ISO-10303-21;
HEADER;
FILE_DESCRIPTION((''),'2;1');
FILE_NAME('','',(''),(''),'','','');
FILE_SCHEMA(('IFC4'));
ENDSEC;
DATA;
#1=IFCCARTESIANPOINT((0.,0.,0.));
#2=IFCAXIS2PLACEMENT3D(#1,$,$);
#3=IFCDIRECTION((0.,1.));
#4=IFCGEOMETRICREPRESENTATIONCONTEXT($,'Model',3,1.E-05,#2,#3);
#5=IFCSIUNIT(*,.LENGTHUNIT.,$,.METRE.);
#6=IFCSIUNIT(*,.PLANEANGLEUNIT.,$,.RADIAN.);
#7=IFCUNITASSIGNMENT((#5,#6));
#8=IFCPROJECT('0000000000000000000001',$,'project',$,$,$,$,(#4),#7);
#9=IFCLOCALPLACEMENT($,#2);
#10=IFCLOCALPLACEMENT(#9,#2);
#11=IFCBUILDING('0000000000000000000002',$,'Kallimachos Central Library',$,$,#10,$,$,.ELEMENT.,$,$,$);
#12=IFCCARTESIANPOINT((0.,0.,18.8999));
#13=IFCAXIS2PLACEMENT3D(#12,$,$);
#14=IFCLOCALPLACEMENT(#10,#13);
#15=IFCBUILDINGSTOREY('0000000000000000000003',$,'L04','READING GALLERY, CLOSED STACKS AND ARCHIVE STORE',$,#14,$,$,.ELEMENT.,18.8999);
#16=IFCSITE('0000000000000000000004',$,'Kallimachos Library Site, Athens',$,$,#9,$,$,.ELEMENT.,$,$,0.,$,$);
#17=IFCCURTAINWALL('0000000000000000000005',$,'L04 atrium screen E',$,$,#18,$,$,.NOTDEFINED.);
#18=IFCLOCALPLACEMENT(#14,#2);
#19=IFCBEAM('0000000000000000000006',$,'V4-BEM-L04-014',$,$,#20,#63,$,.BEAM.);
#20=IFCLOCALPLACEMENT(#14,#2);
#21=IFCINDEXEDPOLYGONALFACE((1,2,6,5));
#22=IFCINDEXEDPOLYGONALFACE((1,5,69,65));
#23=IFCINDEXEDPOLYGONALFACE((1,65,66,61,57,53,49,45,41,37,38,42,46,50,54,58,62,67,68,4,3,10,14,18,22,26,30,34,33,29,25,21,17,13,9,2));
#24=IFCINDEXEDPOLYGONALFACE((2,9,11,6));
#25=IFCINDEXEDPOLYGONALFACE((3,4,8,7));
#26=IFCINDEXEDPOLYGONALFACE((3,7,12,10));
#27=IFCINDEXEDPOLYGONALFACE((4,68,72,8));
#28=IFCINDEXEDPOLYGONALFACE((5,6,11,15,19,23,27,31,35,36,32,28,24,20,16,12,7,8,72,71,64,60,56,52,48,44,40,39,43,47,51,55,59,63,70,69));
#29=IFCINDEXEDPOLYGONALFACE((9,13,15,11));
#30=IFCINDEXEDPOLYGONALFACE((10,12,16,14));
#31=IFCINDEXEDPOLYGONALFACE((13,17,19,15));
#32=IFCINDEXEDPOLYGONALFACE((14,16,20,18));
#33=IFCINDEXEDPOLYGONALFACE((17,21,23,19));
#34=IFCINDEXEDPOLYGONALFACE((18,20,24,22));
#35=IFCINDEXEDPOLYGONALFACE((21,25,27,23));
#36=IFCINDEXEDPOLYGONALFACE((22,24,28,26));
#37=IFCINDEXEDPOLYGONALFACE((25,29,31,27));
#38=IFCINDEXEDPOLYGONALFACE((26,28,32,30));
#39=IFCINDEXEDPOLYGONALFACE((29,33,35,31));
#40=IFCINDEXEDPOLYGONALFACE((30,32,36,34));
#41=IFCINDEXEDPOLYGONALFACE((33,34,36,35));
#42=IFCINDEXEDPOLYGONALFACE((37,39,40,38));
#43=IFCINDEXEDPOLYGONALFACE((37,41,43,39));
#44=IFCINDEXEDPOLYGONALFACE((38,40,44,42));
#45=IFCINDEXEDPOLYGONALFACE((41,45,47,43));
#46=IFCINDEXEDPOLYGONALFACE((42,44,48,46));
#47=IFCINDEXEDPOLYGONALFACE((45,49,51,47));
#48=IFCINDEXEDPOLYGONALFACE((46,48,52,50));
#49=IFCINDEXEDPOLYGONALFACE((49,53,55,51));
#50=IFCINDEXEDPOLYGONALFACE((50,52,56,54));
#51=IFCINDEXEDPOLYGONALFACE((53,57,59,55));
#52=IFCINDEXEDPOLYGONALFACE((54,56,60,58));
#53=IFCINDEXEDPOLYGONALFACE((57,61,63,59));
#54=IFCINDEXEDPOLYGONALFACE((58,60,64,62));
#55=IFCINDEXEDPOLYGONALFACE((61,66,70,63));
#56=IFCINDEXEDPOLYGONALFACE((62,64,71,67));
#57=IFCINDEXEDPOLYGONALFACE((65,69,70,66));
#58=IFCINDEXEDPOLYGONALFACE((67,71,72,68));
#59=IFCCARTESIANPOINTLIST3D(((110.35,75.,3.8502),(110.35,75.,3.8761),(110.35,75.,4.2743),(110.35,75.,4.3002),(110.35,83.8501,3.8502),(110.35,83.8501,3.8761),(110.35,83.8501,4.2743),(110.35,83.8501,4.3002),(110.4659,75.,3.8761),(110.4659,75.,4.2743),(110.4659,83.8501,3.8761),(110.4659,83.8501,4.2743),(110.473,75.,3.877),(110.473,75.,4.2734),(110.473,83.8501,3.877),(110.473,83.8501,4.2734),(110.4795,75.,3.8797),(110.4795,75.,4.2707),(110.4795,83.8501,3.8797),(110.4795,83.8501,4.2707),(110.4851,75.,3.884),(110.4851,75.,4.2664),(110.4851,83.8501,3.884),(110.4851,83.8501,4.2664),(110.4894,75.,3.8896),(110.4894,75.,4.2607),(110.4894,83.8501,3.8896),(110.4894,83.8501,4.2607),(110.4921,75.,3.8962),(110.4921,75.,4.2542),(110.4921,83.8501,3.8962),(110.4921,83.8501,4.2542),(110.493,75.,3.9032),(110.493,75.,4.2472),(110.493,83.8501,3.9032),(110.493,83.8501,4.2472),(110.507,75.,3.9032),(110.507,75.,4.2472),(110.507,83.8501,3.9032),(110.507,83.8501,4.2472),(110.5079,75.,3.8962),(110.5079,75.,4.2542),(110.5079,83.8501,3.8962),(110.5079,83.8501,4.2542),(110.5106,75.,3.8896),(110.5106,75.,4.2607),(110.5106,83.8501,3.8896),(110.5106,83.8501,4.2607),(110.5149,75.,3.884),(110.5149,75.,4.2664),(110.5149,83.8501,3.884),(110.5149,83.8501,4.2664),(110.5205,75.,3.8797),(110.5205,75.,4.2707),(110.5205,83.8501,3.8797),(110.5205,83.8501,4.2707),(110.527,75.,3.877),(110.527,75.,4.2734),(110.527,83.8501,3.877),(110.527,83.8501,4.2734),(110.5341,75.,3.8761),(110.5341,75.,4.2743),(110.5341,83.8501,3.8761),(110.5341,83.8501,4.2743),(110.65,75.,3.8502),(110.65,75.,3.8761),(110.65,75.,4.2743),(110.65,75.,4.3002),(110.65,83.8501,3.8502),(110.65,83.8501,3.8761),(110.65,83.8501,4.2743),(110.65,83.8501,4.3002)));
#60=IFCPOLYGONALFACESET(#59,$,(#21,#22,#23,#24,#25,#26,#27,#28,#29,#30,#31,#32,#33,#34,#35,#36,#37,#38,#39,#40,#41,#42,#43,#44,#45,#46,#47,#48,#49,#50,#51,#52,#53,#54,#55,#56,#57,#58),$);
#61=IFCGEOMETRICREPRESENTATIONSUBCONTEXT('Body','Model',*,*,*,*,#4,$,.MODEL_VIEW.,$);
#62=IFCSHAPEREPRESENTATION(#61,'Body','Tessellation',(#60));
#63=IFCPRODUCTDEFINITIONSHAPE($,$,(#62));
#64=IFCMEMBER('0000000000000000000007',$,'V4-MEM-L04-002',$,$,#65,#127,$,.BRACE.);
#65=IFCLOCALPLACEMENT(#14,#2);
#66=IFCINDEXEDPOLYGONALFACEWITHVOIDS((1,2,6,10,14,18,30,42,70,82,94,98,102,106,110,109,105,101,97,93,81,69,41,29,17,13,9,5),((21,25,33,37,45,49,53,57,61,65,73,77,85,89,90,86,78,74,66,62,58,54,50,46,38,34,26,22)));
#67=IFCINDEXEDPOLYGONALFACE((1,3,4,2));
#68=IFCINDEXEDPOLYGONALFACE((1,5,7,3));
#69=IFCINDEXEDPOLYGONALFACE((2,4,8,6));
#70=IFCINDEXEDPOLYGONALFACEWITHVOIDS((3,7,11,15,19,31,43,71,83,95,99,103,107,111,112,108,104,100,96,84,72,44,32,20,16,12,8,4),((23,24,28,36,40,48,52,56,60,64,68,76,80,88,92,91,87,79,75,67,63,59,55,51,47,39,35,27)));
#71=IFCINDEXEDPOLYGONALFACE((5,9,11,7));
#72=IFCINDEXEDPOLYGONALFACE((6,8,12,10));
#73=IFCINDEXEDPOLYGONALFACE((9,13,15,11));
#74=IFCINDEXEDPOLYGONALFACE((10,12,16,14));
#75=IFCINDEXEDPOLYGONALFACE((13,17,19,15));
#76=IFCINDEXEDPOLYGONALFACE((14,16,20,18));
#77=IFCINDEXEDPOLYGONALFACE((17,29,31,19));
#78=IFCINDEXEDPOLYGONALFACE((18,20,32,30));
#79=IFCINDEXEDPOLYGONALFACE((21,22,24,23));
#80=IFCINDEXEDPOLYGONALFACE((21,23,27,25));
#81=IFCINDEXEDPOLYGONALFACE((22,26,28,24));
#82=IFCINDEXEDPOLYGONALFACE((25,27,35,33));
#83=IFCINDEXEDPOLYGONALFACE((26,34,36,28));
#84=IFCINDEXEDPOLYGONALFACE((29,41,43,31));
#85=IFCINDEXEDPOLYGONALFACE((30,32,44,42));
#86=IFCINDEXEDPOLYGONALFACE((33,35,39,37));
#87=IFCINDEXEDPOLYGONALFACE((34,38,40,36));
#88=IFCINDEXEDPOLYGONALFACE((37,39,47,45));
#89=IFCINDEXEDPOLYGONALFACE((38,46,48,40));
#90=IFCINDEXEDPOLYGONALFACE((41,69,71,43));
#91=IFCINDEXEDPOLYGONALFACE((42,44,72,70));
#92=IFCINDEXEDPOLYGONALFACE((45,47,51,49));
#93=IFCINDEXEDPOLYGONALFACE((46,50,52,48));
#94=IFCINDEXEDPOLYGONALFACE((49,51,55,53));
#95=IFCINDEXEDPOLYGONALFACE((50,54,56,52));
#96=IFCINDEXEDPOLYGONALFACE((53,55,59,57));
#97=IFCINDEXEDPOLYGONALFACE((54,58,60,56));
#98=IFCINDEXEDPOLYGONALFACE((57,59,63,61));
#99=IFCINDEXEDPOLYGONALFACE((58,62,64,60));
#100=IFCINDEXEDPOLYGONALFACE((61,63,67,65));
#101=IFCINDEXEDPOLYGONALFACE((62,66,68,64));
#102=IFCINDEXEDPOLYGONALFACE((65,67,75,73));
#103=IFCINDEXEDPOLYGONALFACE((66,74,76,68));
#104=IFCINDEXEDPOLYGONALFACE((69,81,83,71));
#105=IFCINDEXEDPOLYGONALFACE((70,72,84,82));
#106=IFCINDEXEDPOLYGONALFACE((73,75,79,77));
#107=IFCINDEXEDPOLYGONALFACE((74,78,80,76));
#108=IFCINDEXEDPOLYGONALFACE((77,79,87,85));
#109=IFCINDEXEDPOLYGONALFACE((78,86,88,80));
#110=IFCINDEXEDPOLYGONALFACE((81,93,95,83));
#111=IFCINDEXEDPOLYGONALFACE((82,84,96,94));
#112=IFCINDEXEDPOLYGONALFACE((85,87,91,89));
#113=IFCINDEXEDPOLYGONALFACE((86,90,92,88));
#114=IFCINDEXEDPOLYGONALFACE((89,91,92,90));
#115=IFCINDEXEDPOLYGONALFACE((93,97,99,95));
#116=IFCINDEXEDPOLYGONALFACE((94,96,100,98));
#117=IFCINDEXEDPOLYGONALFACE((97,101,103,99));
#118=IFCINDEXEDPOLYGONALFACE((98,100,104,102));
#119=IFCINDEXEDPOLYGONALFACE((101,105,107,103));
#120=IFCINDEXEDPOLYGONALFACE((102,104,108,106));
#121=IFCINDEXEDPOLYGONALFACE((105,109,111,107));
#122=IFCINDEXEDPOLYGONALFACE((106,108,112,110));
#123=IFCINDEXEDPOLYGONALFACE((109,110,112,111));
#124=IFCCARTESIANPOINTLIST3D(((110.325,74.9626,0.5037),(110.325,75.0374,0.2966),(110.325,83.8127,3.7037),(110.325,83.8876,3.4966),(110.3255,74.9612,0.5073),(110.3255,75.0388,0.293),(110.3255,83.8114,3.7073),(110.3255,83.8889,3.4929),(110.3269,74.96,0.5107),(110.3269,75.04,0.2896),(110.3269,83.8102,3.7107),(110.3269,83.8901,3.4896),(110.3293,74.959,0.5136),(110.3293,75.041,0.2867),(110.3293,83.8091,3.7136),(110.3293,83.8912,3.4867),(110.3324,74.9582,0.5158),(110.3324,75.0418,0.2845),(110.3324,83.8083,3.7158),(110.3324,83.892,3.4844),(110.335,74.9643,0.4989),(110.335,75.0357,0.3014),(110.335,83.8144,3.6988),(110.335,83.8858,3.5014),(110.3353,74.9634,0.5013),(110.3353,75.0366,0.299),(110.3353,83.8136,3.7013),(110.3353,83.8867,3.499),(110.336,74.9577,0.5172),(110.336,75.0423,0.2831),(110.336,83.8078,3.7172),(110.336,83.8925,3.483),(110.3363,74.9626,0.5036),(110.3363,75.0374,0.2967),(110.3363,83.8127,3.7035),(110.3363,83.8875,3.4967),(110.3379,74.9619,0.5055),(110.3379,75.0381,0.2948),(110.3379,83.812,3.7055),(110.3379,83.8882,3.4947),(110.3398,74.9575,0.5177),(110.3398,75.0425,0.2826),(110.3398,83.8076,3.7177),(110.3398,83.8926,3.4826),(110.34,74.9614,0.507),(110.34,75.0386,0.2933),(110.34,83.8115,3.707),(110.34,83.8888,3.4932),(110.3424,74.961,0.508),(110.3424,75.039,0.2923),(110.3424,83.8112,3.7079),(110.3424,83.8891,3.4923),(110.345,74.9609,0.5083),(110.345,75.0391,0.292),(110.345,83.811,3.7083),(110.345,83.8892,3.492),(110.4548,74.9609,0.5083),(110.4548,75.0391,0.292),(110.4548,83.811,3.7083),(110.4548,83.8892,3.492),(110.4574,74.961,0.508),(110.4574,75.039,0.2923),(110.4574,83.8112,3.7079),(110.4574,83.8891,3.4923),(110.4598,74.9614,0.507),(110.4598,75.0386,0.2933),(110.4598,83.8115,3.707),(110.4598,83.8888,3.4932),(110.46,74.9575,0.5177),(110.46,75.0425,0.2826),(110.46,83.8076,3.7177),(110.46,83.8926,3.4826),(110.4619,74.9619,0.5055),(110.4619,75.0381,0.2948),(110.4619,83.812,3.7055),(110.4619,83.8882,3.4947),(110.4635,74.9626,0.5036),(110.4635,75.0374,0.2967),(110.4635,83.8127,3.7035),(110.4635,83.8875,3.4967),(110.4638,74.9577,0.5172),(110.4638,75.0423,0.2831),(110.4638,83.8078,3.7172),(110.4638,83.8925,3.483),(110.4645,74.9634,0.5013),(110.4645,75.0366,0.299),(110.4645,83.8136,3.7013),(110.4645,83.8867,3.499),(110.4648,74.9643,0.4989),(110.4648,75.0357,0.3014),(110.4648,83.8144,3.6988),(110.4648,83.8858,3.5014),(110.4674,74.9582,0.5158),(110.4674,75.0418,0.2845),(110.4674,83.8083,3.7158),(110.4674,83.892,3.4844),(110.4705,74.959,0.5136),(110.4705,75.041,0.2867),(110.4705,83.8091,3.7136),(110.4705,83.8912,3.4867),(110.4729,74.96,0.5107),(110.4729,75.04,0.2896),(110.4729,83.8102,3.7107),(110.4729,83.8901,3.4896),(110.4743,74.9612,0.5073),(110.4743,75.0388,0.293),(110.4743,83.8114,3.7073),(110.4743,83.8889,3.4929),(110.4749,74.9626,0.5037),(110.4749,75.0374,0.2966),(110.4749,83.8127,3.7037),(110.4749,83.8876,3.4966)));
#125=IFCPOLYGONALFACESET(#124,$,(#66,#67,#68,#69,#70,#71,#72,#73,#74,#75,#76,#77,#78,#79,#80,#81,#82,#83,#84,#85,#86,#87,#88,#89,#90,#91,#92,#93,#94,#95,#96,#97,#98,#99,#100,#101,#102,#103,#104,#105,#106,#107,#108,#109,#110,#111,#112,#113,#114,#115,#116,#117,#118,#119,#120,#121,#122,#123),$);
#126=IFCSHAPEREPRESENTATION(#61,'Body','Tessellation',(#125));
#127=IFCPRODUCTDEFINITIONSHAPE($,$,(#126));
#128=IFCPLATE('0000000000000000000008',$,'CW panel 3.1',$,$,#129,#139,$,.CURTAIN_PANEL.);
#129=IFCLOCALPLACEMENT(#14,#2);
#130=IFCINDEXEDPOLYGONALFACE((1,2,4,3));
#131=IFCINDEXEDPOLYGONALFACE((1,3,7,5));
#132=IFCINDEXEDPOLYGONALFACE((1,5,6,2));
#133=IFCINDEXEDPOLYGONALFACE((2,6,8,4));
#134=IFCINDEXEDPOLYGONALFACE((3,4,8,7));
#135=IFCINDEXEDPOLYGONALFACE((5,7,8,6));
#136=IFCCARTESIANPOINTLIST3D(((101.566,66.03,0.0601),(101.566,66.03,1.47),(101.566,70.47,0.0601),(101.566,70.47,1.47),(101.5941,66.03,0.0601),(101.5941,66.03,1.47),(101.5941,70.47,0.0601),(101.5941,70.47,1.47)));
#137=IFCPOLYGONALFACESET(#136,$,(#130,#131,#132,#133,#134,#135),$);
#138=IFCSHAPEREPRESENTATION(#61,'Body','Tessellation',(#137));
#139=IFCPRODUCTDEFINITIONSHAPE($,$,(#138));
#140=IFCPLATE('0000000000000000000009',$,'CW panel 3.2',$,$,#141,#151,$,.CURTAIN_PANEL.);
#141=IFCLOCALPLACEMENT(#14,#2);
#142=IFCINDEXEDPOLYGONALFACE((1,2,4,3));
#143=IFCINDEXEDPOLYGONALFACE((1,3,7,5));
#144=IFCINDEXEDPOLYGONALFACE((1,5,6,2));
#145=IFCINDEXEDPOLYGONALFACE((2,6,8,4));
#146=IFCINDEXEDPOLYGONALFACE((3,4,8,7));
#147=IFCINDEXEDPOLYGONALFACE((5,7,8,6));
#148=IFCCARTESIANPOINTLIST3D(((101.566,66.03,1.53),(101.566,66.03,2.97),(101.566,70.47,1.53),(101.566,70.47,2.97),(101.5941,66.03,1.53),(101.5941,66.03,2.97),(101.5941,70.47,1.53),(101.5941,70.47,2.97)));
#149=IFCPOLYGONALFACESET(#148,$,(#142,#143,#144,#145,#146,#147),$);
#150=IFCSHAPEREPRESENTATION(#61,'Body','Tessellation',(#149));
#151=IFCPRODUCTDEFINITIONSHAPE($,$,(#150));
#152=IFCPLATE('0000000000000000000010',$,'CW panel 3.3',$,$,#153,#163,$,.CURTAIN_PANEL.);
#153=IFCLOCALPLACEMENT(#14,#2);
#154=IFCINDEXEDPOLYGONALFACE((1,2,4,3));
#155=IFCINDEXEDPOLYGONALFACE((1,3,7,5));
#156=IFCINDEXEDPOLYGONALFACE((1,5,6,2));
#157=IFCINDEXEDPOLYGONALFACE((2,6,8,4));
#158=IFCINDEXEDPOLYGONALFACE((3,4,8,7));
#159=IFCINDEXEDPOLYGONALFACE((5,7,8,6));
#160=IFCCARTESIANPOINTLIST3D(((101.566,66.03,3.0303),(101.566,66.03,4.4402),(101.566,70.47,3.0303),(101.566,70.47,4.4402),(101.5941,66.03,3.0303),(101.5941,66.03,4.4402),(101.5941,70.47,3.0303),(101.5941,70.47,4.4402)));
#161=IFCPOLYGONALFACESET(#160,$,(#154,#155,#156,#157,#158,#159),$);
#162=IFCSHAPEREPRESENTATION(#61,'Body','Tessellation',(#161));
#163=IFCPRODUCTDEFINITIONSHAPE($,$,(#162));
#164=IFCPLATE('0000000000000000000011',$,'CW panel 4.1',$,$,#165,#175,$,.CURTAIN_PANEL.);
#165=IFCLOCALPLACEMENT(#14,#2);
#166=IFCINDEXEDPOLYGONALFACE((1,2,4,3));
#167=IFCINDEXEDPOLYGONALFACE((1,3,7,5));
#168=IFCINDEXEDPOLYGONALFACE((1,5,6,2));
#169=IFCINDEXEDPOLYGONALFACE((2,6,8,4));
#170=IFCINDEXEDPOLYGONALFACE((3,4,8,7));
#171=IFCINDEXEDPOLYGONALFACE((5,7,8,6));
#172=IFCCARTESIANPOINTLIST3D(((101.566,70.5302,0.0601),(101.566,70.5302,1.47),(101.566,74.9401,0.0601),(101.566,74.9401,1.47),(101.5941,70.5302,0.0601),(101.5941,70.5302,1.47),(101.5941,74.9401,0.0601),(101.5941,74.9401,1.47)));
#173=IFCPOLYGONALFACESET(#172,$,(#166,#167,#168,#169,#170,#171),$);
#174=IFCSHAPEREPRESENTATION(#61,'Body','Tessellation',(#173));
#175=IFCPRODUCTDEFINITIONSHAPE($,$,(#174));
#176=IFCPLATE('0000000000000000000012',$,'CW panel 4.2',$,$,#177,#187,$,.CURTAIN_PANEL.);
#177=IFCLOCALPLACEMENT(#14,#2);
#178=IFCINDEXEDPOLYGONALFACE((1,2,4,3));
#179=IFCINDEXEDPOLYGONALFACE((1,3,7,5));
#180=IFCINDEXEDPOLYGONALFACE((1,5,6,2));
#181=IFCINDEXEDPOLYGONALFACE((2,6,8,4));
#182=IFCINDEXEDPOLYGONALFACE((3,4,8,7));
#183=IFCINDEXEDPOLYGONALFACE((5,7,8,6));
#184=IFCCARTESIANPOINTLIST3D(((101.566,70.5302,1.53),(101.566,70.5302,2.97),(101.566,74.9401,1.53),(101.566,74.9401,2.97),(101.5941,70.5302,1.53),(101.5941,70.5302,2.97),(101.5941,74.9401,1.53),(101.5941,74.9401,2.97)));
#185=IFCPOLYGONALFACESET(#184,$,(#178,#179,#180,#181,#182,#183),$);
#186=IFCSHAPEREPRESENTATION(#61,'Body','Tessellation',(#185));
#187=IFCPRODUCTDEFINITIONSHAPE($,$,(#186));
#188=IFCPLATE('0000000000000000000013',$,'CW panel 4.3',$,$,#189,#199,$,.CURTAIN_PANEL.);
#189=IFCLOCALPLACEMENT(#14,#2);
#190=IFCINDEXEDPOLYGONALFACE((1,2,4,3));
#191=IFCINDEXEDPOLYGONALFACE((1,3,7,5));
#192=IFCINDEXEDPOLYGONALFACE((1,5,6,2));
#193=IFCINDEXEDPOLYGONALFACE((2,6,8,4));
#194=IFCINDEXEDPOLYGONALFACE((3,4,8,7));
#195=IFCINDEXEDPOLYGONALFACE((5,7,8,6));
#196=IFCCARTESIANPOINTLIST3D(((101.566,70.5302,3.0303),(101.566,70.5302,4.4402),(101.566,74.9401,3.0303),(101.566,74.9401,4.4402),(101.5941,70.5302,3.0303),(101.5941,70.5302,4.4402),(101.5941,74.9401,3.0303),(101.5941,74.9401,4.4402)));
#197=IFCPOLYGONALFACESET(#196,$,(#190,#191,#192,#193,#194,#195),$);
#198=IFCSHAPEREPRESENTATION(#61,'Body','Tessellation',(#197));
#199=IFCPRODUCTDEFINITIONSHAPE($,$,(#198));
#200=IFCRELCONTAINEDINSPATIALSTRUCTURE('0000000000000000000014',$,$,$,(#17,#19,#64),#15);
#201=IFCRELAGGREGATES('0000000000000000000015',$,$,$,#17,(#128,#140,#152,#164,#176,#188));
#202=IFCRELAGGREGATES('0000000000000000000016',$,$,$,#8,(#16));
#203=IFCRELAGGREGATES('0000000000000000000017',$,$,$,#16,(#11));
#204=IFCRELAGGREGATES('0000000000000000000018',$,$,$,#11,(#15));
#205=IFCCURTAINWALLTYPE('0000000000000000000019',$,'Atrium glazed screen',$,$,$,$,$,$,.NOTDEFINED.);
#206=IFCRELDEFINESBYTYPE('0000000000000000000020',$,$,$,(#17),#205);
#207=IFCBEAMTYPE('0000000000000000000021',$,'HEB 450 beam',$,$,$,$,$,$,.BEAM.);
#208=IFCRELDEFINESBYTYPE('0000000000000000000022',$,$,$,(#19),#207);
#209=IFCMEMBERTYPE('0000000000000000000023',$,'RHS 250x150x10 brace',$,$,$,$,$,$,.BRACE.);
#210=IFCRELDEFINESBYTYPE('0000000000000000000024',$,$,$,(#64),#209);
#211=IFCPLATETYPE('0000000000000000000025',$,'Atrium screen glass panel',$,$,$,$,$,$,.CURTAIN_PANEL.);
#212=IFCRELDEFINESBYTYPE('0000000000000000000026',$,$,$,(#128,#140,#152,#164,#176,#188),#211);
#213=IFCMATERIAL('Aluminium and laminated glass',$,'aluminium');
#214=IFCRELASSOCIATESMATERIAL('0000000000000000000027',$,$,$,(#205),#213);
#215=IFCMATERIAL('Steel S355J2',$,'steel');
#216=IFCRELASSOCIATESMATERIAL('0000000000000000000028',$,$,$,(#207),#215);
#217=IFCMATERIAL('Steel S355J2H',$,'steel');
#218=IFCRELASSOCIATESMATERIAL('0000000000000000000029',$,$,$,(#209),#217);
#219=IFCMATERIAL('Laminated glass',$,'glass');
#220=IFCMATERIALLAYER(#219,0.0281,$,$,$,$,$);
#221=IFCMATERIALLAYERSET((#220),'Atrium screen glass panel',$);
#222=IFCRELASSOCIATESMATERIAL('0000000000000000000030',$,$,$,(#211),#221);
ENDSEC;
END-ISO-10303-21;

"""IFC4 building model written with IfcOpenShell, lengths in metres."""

from ifc_helpers import new_model, si_unit, direction, frame, origin, origin_2d, place, context, subcontext, project, spatial, rectangle, hollow_rectangle, i_section, extrude, material, layer, layer_set, material_profile, profile_set, type_object, element, aggregate, save


model = new_model("IFC4")

# Units and contexts
model_context = context("Model", 3, precision=1e-05, world=origin(), true_north=direction((0.0, 1.0)))
body_context = subcontext(model_context, "Body", "Model", "MODEL_VIEW")
ifc_project = project(units=[si_unit("LENGTHUNIT", "METRE"), si_unit("PLANEANGLEUNIT", "RADIAN")], contexts=[model_context])

# Site, building, storey
site_placement = place(None, origin())
site = spatial("IfcSite", under=ifc_project, at=site_placement, Name="Kallimachos Library Site, Athens", CompositionType="ELEMENT", RefElevation=0.0)
building_placement = place(site_placement, origin())
building = spatial("IfcBuilding", under=site, at=building_placement, Name="Kallimachos Central Library", CompositionType="ELEMENT")
storey_placement = place(building_placement, frame((0.0, 0.0, 18.8999)))
storey = spatial("IfcBuildingStorey", under=building, at=storey_placement, Name="L04", Description="READING GALLERY, CLOSED STACKS AND ARCHIVE STORE", CompositionType="ELEMENT", Elevation=18.8999)

# Curtain wall
ifc_material_1 = material(Name="Aluminium and laminated glass", Category="aluminium")
curtain_wall_type = type_object("IfcCurtainWallType", Name="Atrium glazed screen", PredefinedType="NOTDEFINED", material=ifc_material_1)
curtain_wall_placement = place(storey_placement, origin())
curtain_wall = element("IfcCurtainWall", 1, at=curtain_wall_placement, inside=storey, type_object=curtain_wall_type, Name="L04 atrium screen E", PredefinedType="NOTDEFINED")

# Beam
ifc_material_2 = material(Name="Steel S355J2", Category="steel")
ifc_material_profile_1 = material_profile(ifc_material_2, i_section(OverallWidth=0.3, OverallDepth=0.45, WebThickness=0.0139, FlangeThickness=0.0259, FilletRadius=0.0271, at=origin_2d()), Name="HEB 450")
ifc_profile_set_1 = profile_set([ifc_material_profile_1], Name="Steel S355J2")
beam_type = type_object("IfcBeamType", Name="HEB 450 beam", PredefinedType="BEAM", material=ifc_profile_set_1)
beam_placement = place(storey_placement, frame((110.5, 75.0, 4.0752), z_axis=(0.0, 1.0, 0.0), x_axis=(-1.0, 0.0, 0.0)))
element("IfcBeam", 2, at=beam_placement, inside=storey, type_object=beam_type, Name="V4-BEM-L04-014", PredefinedType="BEAM", context=body_context, shape_type="SweptSolid", body=[
    extrude(i_section(OverallWidth=0.3, OverallDepth=0.45, WebThickness=0.0139, FlangeThickness=0.0259, FilletRadius=0.0271, at=origin_2d()), origin(), (0.0, 0.0, 1.0), 8.8501),
])

# Member
ifc_material_3 = material(Name="Steel S355J2H", Category="steel")
ifc_material_profile_2 = material_profile(ifc_material_3, hollow_rectangle(XDim=0.1499, YDim=0.25, WallThickness=0.01, InnerFilletRadius=0.01, OuterFilletRadius=0.0149, at=origin_2d()), Name="RHS 250x150x10")
ifc_profile_set_2 = profile_set([ifc_material_profile_2], Name="Steel S355J2H")
member_type_1 = type_object("IfcMemberType", Name="RHS 250x150x10 brace", PredefinedType="BRACE", material=ifc_profile_set_2)
member_1_placement = place(storey_placement, frame((110.3999, 75.0, 0.4001), z_axis=(0.0, 0.940415, 0.340028), x_axis=(-1.0, 0.0, 0.0)))
element("IfcMember", 3, at=member_1_placement, inside=storey, type_object=member_type_1, Name="V4-MEM-L04-002", PredefinedType="BRACE", context=body_context, shape_type="SweptSolid", body=[
    extrude(hollow_rectangle(XDim=0.1499, YDim=0.25, WallThickness=0.01, InnerFilletRadius=0.01, OuterFilletRadius=0.0149, at=origin_2d()), origin(), (0.0, 0.0, 1.0), 9.4109),
])

# Plates
ifc_material_4 = material(Name="Laminated glass", Category="glass")
ifc_layer_1 = layer(ifc_material_4, 0.0281)
ifc_layer_set_1 = layer_set([ifc_layer_1], Name="Atrium screen glass panel")
plate_type = type_object("IfcPlateType", Name="Atrium screen glass panel", PredefinedType="CURTAIN_PANEL", material=ifc_layer_set_1)
plate_1_placement = place(storey_placement, frame((101.5801, 68.25, 0.0601), z_axis=(0.0, 0.0, 1.0), x_axis=(0.0, 1.0, 0.0)))
plate_1 = element("IfcPlate", 4, at=plate_1_placement, type_object=plate_type, Name="CW panel 3.1", PredefinedType="CURTAIN_PANEL", context=body_context, shape_type="SweptSolid", body=[
    extrude(rectangle(XDim=4.4399, YDim=0.0281, at=origin_2d()), origin(), (0.0, 0.0, 1.0), 1.4099),
])
plate_2_placement = place(storey_placement, frame((101.5801, 68.25, 1.53), z_axis=(0.0, 0.0, 1.0), x_axis=(0.0, 1.0, 0.0)))
plate_2 = element("IfcPlate", 5, at=plate_2_placement, type_object=plate_type, Name="CW panel 3.2", PredefinedType="CURTAIN_PANEL", context=body_context, shape_type="SweptSolid", body=[
    extrude(rectangle(XDim=4.4399, YDim=0.0281, at=origin_2d()), origin(), (0.0, 0.0, 1.0), 1.4399),
])
plate_3_placement = place(storey_placement, frame((101.5801, 68.25, 3.0303), z_axis=(0.0, 0.0, 1.0), x_axis=(0.0, 1.0, 0.0)))
plate_3 = element("IfcPlate", 6, at=plate_3_placement, type_object=plate_type, Name="CW panel 3.3", PredefinedType="CURTAIN_PANEL", context=body_context, shape_type="SweptSolid", body=[
    extrude(rectangle(XDim=4.4399, YDim=0.0281, at=origin_2d()), origin(), (0.0, 0.0, 1.0), 1.4099),
])
plate_4_placement = place(storey_placement, frame((101.5801, 72.7351, 0.0601), z_axis=(0.0, 0.0, 1.0), x_axis=(0.0, 1.0, 0.0)))
plate_4 = element("IfcPlate", 7, at=plate_4_placement, type_object=plate_type, Name="CW panel 4.1", PredefinedType="CURTAIN_PANEL", context=body_context, shape_type="SweptSolid", body=[
    extrude(rectangle(XDim=4.4099, YDim=0.0281, at=origin_2d()), origin(), (0.0, 0.0, 1.0), 1.4099),
])
plate_5_placement = place(storey_placement, frame((101.5801, 72.7351, 1.53), z_axis=(0.0, 0.0, 1.0), x_axis=(0.0, 1.0, 0.0)))
plate_5 = element("IfcPlate", 8, at=plate_5_placement, type_object=plate_type, Name="CW panel 4.2", PredefinedType="CURTAIN_PANEL", context=body_context, shape_type="SweptSolid", body=[
    extrude(rectangle(XDim=4.4099, YDim=0.0281, at=origin_2d()), origin(), (0.0, 0.0, 1.0), 1.4399),
])
plate_6_placement = place(storey_placement, frame((101.5801, 72.7351, 3.0303), z_axis=(0.0, 0.0, 1.0), x_axis=(0.0, 1.0, 0.0)))
plate_6 = element("IfcPlate", 9, at=plate_6_placement, type_object=plate_type, Name="CW panel 4.3", PredefinedType="CURTAIN_PANEL", context=body_context, shape_type="SweptSolid", body=[
    extrude(rectangle(XDim=4.4099, YDim=0.0281, at=origin_2d()), origin(), (0.0, 0.0, 1.0), 1.4099),
])
aggregate(curtain_wall, [plate_1, plate_2, plate_3, plate_4, plate_5, plate_6])

save(model, "model.ifc")
